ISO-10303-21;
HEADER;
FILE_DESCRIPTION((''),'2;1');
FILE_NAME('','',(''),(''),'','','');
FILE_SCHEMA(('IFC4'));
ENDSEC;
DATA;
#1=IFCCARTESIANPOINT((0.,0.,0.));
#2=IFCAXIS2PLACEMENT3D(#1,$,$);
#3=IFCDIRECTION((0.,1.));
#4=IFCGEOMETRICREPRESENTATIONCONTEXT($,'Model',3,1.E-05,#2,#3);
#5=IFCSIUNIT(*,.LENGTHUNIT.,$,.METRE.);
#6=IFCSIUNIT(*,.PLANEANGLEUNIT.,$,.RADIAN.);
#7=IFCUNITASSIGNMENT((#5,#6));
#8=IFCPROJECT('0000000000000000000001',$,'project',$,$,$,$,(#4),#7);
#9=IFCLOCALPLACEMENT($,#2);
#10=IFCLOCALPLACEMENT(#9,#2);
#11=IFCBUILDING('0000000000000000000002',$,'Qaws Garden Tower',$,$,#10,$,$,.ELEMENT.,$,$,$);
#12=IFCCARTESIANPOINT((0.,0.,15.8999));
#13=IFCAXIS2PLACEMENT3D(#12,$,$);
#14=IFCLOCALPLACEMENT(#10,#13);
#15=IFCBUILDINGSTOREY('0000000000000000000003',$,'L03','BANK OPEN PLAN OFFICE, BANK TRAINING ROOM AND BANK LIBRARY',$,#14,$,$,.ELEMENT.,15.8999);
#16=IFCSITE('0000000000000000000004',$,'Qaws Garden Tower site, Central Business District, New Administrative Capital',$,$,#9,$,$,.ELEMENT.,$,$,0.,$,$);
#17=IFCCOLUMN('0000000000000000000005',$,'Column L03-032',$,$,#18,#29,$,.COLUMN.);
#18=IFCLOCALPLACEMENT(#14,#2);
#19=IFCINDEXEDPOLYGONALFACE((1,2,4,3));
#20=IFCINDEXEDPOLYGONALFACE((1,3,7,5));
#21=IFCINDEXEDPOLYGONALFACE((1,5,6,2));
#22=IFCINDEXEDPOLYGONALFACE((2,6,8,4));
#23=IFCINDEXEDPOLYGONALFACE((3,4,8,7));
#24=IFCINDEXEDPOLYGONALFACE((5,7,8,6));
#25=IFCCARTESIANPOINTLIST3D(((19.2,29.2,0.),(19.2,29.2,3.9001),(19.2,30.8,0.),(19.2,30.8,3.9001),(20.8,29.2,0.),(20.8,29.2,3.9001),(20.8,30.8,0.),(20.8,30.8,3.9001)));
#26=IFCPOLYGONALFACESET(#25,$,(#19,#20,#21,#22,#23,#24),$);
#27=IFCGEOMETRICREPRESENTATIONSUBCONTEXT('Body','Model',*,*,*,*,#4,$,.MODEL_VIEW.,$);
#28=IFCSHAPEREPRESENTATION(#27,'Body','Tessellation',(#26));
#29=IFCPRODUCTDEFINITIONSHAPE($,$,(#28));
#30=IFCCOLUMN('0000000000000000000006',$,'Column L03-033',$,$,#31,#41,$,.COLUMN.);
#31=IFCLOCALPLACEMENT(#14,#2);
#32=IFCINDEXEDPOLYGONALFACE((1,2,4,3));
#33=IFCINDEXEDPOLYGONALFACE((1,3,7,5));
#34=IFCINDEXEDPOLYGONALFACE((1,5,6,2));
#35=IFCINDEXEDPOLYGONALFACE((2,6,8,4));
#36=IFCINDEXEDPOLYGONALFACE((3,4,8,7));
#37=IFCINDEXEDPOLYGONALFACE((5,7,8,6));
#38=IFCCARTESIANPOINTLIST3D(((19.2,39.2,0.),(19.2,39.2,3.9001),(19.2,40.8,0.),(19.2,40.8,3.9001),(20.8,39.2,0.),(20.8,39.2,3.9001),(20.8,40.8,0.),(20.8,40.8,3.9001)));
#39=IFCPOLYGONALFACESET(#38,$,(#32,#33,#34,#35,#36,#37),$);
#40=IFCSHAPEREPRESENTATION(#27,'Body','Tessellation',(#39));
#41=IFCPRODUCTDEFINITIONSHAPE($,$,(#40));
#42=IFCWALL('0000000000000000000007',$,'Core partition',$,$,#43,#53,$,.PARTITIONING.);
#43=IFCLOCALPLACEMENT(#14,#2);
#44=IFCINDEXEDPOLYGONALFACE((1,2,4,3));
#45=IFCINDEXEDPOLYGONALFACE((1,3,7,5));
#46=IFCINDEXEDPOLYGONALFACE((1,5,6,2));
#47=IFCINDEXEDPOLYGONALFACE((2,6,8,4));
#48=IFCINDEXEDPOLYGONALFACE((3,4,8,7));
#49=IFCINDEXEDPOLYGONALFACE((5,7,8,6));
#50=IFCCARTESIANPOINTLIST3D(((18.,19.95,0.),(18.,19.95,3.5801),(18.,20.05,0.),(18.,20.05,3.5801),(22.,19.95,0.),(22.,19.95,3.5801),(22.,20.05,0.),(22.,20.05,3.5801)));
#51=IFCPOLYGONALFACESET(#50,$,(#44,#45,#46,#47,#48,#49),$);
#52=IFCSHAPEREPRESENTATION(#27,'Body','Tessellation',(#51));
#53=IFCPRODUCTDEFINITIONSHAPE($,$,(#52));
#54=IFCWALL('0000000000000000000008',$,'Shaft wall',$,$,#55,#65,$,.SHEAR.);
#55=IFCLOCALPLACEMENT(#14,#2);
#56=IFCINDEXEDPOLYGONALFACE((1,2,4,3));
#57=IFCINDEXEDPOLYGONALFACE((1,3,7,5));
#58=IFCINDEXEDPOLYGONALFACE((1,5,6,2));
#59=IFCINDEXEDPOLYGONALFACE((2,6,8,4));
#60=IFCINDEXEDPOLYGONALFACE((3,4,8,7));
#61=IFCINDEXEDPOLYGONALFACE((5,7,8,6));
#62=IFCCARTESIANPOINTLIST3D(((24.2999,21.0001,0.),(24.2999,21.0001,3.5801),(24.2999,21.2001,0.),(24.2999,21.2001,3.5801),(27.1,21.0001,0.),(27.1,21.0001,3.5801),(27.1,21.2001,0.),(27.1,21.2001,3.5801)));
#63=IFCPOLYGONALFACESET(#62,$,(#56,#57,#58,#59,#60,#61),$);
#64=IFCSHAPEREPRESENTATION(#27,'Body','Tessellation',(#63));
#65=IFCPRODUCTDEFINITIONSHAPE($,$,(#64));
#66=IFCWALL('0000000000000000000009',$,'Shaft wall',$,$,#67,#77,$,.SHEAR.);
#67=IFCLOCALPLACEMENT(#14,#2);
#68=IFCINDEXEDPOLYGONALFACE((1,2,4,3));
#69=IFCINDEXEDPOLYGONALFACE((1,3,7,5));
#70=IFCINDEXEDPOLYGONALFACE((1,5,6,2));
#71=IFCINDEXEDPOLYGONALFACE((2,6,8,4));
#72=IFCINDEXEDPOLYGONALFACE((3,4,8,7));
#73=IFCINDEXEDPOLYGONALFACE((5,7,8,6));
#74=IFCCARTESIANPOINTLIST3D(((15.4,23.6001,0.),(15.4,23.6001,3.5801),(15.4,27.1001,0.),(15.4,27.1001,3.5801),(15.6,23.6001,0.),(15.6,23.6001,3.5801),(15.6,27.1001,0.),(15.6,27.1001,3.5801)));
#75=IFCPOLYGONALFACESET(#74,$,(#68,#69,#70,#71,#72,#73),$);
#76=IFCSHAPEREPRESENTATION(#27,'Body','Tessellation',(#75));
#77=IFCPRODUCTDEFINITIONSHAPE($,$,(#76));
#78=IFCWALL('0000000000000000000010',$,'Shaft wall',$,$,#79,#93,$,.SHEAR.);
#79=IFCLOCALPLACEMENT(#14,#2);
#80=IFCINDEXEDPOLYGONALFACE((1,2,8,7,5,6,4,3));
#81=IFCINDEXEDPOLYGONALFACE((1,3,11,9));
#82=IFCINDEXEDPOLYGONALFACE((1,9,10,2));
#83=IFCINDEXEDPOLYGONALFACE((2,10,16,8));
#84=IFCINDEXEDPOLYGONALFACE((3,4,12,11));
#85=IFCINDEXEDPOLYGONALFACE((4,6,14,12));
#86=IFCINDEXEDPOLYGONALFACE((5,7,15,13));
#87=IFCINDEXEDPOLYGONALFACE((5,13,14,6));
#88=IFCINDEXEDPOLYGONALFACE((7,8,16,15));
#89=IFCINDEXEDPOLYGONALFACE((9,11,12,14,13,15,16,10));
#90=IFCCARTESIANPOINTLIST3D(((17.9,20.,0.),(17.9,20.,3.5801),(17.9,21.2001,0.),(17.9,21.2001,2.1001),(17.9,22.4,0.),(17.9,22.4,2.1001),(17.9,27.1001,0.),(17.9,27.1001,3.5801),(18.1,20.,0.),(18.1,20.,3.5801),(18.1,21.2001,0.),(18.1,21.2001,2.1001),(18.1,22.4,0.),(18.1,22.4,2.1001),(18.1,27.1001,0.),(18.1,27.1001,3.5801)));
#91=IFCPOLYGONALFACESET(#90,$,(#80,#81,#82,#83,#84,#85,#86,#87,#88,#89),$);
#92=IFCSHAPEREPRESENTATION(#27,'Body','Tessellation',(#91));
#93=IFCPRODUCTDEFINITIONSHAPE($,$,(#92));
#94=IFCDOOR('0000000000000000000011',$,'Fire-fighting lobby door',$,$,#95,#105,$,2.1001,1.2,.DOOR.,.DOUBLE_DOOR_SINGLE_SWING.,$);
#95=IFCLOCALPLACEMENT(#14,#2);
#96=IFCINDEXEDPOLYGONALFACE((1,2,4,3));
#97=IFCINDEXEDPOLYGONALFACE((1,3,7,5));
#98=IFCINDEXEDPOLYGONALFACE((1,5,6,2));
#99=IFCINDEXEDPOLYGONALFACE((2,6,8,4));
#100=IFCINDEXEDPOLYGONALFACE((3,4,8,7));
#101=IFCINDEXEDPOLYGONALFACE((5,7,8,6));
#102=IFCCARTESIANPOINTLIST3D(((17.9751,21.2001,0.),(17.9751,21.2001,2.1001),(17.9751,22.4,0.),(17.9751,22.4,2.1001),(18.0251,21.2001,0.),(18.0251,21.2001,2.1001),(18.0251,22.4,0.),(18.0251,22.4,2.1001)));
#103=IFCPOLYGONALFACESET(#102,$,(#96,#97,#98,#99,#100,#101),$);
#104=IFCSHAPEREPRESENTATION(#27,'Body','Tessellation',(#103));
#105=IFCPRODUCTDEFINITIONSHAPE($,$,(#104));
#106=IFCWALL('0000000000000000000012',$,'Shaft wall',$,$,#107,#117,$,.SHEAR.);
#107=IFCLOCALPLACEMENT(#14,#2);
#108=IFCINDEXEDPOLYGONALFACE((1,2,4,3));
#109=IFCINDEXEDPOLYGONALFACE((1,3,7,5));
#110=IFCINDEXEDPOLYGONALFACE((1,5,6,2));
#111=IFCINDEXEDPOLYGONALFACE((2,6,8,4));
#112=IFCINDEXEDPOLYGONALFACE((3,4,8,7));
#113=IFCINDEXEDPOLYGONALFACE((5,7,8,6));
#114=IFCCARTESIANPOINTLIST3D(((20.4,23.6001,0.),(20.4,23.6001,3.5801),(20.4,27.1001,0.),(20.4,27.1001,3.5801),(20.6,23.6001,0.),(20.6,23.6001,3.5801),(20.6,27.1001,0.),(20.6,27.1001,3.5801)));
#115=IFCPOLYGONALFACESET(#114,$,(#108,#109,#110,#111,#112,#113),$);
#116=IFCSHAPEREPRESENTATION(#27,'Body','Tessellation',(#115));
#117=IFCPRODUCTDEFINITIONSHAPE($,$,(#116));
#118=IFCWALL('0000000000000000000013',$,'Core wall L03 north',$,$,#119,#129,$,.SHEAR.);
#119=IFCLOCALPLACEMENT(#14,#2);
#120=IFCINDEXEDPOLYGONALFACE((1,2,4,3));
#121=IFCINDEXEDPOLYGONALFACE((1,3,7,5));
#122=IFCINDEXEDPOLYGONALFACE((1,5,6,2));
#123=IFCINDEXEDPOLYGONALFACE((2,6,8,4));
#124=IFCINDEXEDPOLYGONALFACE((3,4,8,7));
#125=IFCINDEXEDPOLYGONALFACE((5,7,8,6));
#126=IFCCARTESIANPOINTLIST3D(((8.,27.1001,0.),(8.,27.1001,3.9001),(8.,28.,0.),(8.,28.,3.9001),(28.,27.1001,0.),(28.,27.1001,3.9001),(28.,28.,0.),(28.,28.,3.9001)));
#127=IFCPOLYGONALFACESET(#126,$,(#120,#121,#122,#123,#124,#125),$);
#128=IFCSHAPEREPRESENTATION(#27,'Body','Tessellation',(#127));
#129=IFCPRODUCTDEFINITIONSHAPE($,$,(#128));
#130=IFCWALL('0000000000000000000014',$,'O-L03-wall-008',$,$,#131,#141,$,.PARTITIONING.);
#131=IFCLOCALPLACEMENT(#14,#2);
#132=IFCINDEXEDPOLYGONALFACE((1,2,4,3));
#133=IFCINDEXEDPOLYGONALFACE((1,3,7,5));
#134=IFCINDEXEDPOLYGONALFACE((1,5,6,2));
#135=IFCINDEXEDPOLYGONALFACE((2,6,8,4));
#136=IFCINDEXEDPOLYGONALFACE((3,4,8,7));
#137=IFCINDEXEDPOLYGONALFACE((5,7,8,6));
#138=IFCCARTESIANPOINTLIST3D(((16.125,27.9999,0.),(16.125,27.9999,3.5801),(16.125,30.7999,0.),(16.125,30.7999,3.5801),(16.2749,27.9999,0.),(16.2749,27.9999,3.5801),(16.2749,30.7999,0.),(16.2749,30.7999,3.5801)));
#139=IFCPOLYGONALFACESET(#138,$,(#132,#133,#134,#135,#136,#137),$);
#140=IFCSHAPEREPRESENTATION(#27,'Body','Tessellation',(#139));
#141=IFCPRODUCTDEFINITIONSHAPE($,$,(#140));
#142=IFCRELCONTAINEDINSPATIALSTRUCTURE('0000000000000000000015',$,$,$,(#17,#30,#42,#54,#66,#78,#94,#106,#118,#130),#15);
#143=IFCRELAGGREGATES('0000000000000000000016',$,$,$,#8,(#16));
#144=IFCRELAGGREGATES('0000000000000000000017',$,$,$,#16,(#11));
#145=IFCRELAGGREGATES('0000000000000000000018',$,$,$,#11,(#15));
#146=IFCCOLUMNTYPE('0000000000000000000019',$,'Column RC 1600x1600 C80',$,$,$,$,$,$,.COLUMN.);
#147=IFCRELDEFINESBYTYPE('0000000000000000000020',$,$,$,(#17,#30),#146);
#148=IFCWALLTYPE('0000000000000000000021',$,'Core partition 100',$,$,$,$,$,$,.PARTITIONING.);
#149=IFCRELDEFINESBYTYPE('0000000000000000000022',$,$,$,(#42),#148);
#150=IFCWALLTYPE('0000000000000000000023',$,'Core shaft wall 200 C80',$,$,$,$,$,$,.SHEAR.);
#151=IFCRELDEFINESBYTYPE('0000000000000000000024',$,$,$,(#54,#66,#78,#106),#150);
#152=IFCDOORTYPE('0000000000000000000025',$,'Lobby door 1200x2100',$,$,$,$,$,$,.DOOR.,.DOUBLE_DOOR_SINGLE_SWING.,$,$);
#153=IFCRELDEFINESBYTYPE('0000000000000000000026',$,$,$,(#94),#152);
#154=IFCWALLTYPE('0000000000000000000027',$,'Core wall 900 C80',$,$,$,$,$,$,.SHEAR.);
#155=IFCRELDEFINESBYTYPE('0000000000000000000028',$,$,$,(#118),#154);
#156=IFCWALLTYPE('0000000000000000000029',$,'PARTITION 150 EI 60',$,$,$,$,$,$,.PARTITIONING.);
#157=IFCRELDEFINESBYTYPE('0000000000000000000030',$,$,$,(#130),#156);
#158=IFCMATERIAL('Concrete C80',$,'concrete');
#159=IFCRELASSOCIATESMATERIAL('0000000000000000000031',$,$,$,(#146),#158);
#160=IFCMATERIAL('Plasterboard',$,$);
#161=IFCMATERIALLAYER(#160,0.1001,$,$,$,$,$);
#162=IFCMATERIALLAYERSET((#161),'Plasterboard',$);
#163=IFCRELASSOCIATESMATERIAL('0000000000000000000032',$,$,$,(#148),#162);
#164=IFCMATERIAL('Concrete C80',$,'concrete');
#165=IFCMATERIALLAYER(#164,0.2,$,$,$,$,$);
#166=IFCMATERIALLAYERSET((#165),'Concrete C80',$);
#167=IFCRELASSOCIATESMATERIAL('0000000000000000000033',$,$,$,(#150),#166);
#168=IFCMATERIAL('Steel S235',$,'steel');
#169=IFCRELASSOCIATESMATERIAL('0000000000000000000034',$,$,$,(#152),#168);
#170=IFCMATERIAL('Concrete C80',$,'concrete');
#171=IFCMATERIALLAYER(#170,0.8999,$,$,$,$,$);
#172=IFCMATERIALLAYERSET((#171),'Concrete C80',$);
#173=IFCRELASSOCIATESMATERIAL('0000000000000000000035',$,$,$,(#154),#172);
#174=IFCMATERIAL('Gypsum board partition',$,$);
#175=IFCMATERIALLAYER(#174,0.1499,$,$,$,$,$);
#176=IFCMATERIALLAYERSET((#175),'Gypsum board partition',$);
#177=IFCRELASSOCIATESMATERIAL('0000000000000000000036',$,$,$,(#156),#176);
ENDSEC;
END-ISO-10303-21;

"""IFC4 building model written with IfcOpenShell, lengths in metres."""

from ifc_helpers import new_model, si_unit, direction, frame, frame_2d, origin, origin_2d, place, context, subcontext, project, spatial, rectangle, extrude, material, layer, layer_set, material_profile, profile_set, type_object, element, fill, save


model = new_model("IFC4")

# Units and contexts
model_context = context("Model", 3, precision=1e-05, world=origin(), true_north=direction((0.0, 1.0)))
body_context = subcontext(model_context, "Body", "Model", "MODEL_VIEW")
ifc_project = project(units=[si_unit("LENGTHUNIT", "METRE"), si_unit("PLANEANGLEUNIT", "RADIAN")], contexts=[model_context])

# Site, building, storey
site_placement = place(None, origin())
site = spatial("IfcSite", under=ifc_project, at=site_placement, Name="Qaws Garden Tower site, Central Business District, New Administrative Capital", CompositionType="ELEMENT", RefElevation=0.0)
building_placement = place(site_placement, origin())
building = spatial("IfcBuilding", under=site, at=building_placement, Name="Qaws Garden Tower", CompositionType="ELEMENT")
storey_placement = place(building_placement, frame((0.0, 0.0, 15.8999)))
storey = spatial("IfcBuildingStorey", under=building, at=storey_placement, Name="L03", Description="BANK OPEN PLAN OFFICE, BANK TRAINING ROOM AND BANK LIBRARY", CompositionType="ELEMENT", Elevation=15.8999)

# Columns
ifc_material_1 = material(Name="Concrete C80", Category="concrete")
ifc_material_profile = material_profile(ifc_material_1, rectangle(XDim=1.6001, YDim=1.6001, at=origin_2d()), Name="RC 1600x1600")
ifc_profile_set = profile_set([ifc_material_profile], Name="Concrete C80")
column_type = type_object("IfcColumnType", Name="Column RC 1600x1600 C80", PredefinedType="COLUMN", material=ifc_profile_set)
for number, where, z_axis, x_axis, name in (
    (1, (20.0, 30.0, 0.0), (0.0, 0.0, 1.0), (1.0, 0.0, 0.0), "Column L03-032"),
    (2, (20.0, 40.0, 0.0), (0.0, 0.0, 1.0), (1.0, 0.0, 0.0), "Column L03-033"),
):
    element("IfcColumn", number, at=place(storey_placement, frame(where, z_axis=z_axis, x_axis=x_axis)), inside=storey, type_object=column_type, Name=name, PredefinedType="COLUMN", context=body_context, shape_type="SweptSolid", body=[
        extrude(rectangle(XDim=1.6001, YDim=1.6001, at=origin_2d()), origin(), (0.0, 0.0, 1.0), 3.9001),
    ])

# Walls
ifc_material_2 = material(Name="Plasterboard")
ifc_layer_1 = layer(ifc_material_2, 0.1001)
ifc_layer_set_1 = layer_set([ifc_layer_1], Name="Plasterboard")
wall_type_1 = type_object("IfcWallType", Name="Core partition 100", PredefinedType="PARTITIONING", material=ifc_layer_set_1)
wall_1_placement = place(storey_placement, frame((18.0, 20.0, 0.0), z_axis=(0.0, 0.0, 1.0), x_axis=(1.0, 0.0, 0.0)))
element("IfcWall", 3, at=wall_1_placement, inside=storey, type_object=wall_type_1, Name="Core partition", PredefinedType="PARTITIONING", context=body_context, shape_type="SweptSolid", body=[
    extrude(rectangle(XDim=4.0, YDim=0.1001, at=frame_2d((2.0, 0.0))), origin(), (0.0, 0.0, 1.0), 3.5801),
])
ifc_material_3 = material(Name="Concrete C80", Category="concrete")
ifc_layer_2 = layer(ifc_material_3, 0.2)
ifc_layer_set_2 = layer_set([ifc_layer_2], Name="Concrete C80")
wall_type_2 = type_object("IfcWallType", Name="Core shaft wall 200 C80", PredefinedType="SHEAR", material=ifc_layer_set_2)
wall_2_placement = place(storey_placement, frame((24.3, 21.1001, 0.0), z_axis=(0.0, 0.0, 1.0), x_axis=(1.0, 0.0, 0.0)))
element("IfcWall", 4, at=wall_2_placement, inside=storey, type_object=wall_type_2, Name="Shaft wall", PredefinedType="SHEAR", context=body_context, shape_type="SweptSolid", body=[
    extrude(rectangle(XDim=2.8, YDim=0.2, at=frame_2d((1.3999, 0.0))), origin(), (0.0, 0.0, 1.0), 3.5801),
])
wall_3_placement = place(storey_placement, frame((15.5, 23.6001, 0.0), z_axis=(0.0, 0.0, 1.0), x_axis=(0.0, 1.0, 0.0)))
element("IfcWall", 5, at=wall_3_placement, inside=storey, type_object=wall_type_2, Name="Shaft wall", PredefinedType="SHEAR", context=body_context, shape_type="SweptSolid", body=[
    extrude(rectangle(XDim=3.5, YDim=0.2, at=frame_2d((1.75, 0.0))), origin(), (0.0, 0.0, 1.0), 3.5801),
])

# Wall, opening, door
wall_4_placement = place(storey_placement, frame((18.0, 20.0, 0.0), z_axis=(0.0, 0.0, 1.0), x_axis=(0.0, 1.0, 0.0)))
wall_4 = element("IfcWall", 6, at=wall_4_placement, inside=storey, type_object=wall_type_2, Name="Shaft wall", PredefinedType="SHEAR", context=body_context, shape_type="SweptSolid", body=[
    extrude(rectangle(XDim=7.1001, YDim=0.2, at=frame_2d((3.55, 0.0))), origin(), (0.0, 0.0, 1.0), 3.5801),
])
opening_1_placement = place(wall_4_placement, frame((1.2, 0.0, 0.0)))
opening_1 = element("IfcOpeningElement", 7, at=opening_1_placement, cuts=wall_4, PredefinedType="OPENING", context=body_context, shape_type="SweptSolid", body=[
    extrude(rectangle(XDim=1.2, YDim=2.1001, at=frame_2d((0.6001, 1.05))), frame((0.0, 0.1099, 0.0), z_axis=(0.0, -1.0, 0.0), x_axis=(1.0, 0.0, 0.0)), (0.0, 0.0, 1.0), 0.22),
])
ifc_material_4 = material(Name="Steel S235", Category="steel")
door_type_1 = type_object("IfcDoorType", Name="Lobby door 1200x2100", OperationType="DOUBLE_DOOR_SINGLE_SWING", PredefinedType="DOOR", material=ifc_material_4)
door_1_placement = place(opening_1_placement, origin())
door_1 = element("IfcDoor", 8, at=door_1_placement, inside=storey, type_object=door_type_1, Name="Fire-fighting lobby door", OperationType="DOUBLE_DOOR_SINGLE_SWING", OverallHeight=2.1001, OverallWidth=1.2, PredefinedType="DOOR", context=body_context, shape_type="SweptSolid", body=[
    extrude(rectangle(XDim=1.2, YDim=2.1001, at=frame_2d((0.6001, 1.05))), frame((0.0, 0.0249, 0.0), z_axis=(0.0, -1.0, 0.0), x_axis=(1.0, 0.0, 0.0)), (0.0, 0.0, 1.0), 0.05),
])
fill(opening_1, door_1)

# Walls
wall_5_placement = place(storey_placement, frame((20.5, 23.6001, 0.0), z_axis=(0.0, 0.0, 1.0), x_axis=(0.0, 1.0, 0.0)))
element("IfcWall", 9, at=wall_5_placement, inside=storey, type_object=wall_type_2, Name="Shaft wall", PredefinedType="SHEAR", context=body_context, shape_type="SweptSolid", body=[
    extrude(rectangle(XDim=3.5, YDim=0.2, at=frame_2d((1.75, 0.0))), origin(), (0.0, 0.0, 1.0), 3.5801),
])
ifc_material_5 = material(Name="Concrete C80", Category="concrete")
ifc_layer_3 = layer(ifc_material_5, 0.8999)
ifc_layer_set_3 = layer_set([ifc_layer_3], Name="Concrete C80")
wall_type_3 = type_object("IfcWallType", Name="Core wall 900 C80", PredefinedType="SHEAR", material=ifc_layer_set_3)
wall_6_placement = place(storey_placement, frame((28.0, 27.55, 0.0), z_axis=(0.0, 0.0, 1.0), x_axis=(-1.0, 0.0, 0.0)))
element("IfcWall", 10, at=wall_6_placement, inside=storey, type_object=wall_type_3, Name="Core wall L03 north", PredefinedType="SHEAR", context=body_context, shape_type="SweptSolid", body=[
    extrude(rectangle(XDim=20.0, YDim=0.8999, at=frame_2d((10.0, 0.0))), origin(), (0.0, 0.0, 1.0), 3.9001),
])
ifc_material_6 = material(Name="Gypsum board partition")
ifc_layer_4 = layer(ifc_material_6, 0.1499)
ifc_layer_set_4 = layer_set([ifc_layer_4], Name="Gypsum board partition")
wall_type_4 = type_object("IfcWallType", Name="PARTITION 150 EI 60", PredefinedType="PARTITIONING", material=ifc_layer_set_4)
wall_7_placement = place(storey_placement, frame((16.2, 28.0, 0.0), z_axis=(0.0, 0.0, 1.0), x_axis=(0.0, 1.0, 0.0)))
element("IfcWall", 11, at=wall_7_placement, inside=storey, type_object=wall_type_4, Name="O-L03-wall-008", PredefinedType="PARTITIONING", context=body_context, shape_type="SweptSolid", body=[
    extrude(rectangle(XDim=2.8, YDim=0.1499, at=frame_2d((1.3999, 0.0))), origin(), (0.0, 0.0, 1.0), 3.5801),
])

save(model, "model.ifc")
